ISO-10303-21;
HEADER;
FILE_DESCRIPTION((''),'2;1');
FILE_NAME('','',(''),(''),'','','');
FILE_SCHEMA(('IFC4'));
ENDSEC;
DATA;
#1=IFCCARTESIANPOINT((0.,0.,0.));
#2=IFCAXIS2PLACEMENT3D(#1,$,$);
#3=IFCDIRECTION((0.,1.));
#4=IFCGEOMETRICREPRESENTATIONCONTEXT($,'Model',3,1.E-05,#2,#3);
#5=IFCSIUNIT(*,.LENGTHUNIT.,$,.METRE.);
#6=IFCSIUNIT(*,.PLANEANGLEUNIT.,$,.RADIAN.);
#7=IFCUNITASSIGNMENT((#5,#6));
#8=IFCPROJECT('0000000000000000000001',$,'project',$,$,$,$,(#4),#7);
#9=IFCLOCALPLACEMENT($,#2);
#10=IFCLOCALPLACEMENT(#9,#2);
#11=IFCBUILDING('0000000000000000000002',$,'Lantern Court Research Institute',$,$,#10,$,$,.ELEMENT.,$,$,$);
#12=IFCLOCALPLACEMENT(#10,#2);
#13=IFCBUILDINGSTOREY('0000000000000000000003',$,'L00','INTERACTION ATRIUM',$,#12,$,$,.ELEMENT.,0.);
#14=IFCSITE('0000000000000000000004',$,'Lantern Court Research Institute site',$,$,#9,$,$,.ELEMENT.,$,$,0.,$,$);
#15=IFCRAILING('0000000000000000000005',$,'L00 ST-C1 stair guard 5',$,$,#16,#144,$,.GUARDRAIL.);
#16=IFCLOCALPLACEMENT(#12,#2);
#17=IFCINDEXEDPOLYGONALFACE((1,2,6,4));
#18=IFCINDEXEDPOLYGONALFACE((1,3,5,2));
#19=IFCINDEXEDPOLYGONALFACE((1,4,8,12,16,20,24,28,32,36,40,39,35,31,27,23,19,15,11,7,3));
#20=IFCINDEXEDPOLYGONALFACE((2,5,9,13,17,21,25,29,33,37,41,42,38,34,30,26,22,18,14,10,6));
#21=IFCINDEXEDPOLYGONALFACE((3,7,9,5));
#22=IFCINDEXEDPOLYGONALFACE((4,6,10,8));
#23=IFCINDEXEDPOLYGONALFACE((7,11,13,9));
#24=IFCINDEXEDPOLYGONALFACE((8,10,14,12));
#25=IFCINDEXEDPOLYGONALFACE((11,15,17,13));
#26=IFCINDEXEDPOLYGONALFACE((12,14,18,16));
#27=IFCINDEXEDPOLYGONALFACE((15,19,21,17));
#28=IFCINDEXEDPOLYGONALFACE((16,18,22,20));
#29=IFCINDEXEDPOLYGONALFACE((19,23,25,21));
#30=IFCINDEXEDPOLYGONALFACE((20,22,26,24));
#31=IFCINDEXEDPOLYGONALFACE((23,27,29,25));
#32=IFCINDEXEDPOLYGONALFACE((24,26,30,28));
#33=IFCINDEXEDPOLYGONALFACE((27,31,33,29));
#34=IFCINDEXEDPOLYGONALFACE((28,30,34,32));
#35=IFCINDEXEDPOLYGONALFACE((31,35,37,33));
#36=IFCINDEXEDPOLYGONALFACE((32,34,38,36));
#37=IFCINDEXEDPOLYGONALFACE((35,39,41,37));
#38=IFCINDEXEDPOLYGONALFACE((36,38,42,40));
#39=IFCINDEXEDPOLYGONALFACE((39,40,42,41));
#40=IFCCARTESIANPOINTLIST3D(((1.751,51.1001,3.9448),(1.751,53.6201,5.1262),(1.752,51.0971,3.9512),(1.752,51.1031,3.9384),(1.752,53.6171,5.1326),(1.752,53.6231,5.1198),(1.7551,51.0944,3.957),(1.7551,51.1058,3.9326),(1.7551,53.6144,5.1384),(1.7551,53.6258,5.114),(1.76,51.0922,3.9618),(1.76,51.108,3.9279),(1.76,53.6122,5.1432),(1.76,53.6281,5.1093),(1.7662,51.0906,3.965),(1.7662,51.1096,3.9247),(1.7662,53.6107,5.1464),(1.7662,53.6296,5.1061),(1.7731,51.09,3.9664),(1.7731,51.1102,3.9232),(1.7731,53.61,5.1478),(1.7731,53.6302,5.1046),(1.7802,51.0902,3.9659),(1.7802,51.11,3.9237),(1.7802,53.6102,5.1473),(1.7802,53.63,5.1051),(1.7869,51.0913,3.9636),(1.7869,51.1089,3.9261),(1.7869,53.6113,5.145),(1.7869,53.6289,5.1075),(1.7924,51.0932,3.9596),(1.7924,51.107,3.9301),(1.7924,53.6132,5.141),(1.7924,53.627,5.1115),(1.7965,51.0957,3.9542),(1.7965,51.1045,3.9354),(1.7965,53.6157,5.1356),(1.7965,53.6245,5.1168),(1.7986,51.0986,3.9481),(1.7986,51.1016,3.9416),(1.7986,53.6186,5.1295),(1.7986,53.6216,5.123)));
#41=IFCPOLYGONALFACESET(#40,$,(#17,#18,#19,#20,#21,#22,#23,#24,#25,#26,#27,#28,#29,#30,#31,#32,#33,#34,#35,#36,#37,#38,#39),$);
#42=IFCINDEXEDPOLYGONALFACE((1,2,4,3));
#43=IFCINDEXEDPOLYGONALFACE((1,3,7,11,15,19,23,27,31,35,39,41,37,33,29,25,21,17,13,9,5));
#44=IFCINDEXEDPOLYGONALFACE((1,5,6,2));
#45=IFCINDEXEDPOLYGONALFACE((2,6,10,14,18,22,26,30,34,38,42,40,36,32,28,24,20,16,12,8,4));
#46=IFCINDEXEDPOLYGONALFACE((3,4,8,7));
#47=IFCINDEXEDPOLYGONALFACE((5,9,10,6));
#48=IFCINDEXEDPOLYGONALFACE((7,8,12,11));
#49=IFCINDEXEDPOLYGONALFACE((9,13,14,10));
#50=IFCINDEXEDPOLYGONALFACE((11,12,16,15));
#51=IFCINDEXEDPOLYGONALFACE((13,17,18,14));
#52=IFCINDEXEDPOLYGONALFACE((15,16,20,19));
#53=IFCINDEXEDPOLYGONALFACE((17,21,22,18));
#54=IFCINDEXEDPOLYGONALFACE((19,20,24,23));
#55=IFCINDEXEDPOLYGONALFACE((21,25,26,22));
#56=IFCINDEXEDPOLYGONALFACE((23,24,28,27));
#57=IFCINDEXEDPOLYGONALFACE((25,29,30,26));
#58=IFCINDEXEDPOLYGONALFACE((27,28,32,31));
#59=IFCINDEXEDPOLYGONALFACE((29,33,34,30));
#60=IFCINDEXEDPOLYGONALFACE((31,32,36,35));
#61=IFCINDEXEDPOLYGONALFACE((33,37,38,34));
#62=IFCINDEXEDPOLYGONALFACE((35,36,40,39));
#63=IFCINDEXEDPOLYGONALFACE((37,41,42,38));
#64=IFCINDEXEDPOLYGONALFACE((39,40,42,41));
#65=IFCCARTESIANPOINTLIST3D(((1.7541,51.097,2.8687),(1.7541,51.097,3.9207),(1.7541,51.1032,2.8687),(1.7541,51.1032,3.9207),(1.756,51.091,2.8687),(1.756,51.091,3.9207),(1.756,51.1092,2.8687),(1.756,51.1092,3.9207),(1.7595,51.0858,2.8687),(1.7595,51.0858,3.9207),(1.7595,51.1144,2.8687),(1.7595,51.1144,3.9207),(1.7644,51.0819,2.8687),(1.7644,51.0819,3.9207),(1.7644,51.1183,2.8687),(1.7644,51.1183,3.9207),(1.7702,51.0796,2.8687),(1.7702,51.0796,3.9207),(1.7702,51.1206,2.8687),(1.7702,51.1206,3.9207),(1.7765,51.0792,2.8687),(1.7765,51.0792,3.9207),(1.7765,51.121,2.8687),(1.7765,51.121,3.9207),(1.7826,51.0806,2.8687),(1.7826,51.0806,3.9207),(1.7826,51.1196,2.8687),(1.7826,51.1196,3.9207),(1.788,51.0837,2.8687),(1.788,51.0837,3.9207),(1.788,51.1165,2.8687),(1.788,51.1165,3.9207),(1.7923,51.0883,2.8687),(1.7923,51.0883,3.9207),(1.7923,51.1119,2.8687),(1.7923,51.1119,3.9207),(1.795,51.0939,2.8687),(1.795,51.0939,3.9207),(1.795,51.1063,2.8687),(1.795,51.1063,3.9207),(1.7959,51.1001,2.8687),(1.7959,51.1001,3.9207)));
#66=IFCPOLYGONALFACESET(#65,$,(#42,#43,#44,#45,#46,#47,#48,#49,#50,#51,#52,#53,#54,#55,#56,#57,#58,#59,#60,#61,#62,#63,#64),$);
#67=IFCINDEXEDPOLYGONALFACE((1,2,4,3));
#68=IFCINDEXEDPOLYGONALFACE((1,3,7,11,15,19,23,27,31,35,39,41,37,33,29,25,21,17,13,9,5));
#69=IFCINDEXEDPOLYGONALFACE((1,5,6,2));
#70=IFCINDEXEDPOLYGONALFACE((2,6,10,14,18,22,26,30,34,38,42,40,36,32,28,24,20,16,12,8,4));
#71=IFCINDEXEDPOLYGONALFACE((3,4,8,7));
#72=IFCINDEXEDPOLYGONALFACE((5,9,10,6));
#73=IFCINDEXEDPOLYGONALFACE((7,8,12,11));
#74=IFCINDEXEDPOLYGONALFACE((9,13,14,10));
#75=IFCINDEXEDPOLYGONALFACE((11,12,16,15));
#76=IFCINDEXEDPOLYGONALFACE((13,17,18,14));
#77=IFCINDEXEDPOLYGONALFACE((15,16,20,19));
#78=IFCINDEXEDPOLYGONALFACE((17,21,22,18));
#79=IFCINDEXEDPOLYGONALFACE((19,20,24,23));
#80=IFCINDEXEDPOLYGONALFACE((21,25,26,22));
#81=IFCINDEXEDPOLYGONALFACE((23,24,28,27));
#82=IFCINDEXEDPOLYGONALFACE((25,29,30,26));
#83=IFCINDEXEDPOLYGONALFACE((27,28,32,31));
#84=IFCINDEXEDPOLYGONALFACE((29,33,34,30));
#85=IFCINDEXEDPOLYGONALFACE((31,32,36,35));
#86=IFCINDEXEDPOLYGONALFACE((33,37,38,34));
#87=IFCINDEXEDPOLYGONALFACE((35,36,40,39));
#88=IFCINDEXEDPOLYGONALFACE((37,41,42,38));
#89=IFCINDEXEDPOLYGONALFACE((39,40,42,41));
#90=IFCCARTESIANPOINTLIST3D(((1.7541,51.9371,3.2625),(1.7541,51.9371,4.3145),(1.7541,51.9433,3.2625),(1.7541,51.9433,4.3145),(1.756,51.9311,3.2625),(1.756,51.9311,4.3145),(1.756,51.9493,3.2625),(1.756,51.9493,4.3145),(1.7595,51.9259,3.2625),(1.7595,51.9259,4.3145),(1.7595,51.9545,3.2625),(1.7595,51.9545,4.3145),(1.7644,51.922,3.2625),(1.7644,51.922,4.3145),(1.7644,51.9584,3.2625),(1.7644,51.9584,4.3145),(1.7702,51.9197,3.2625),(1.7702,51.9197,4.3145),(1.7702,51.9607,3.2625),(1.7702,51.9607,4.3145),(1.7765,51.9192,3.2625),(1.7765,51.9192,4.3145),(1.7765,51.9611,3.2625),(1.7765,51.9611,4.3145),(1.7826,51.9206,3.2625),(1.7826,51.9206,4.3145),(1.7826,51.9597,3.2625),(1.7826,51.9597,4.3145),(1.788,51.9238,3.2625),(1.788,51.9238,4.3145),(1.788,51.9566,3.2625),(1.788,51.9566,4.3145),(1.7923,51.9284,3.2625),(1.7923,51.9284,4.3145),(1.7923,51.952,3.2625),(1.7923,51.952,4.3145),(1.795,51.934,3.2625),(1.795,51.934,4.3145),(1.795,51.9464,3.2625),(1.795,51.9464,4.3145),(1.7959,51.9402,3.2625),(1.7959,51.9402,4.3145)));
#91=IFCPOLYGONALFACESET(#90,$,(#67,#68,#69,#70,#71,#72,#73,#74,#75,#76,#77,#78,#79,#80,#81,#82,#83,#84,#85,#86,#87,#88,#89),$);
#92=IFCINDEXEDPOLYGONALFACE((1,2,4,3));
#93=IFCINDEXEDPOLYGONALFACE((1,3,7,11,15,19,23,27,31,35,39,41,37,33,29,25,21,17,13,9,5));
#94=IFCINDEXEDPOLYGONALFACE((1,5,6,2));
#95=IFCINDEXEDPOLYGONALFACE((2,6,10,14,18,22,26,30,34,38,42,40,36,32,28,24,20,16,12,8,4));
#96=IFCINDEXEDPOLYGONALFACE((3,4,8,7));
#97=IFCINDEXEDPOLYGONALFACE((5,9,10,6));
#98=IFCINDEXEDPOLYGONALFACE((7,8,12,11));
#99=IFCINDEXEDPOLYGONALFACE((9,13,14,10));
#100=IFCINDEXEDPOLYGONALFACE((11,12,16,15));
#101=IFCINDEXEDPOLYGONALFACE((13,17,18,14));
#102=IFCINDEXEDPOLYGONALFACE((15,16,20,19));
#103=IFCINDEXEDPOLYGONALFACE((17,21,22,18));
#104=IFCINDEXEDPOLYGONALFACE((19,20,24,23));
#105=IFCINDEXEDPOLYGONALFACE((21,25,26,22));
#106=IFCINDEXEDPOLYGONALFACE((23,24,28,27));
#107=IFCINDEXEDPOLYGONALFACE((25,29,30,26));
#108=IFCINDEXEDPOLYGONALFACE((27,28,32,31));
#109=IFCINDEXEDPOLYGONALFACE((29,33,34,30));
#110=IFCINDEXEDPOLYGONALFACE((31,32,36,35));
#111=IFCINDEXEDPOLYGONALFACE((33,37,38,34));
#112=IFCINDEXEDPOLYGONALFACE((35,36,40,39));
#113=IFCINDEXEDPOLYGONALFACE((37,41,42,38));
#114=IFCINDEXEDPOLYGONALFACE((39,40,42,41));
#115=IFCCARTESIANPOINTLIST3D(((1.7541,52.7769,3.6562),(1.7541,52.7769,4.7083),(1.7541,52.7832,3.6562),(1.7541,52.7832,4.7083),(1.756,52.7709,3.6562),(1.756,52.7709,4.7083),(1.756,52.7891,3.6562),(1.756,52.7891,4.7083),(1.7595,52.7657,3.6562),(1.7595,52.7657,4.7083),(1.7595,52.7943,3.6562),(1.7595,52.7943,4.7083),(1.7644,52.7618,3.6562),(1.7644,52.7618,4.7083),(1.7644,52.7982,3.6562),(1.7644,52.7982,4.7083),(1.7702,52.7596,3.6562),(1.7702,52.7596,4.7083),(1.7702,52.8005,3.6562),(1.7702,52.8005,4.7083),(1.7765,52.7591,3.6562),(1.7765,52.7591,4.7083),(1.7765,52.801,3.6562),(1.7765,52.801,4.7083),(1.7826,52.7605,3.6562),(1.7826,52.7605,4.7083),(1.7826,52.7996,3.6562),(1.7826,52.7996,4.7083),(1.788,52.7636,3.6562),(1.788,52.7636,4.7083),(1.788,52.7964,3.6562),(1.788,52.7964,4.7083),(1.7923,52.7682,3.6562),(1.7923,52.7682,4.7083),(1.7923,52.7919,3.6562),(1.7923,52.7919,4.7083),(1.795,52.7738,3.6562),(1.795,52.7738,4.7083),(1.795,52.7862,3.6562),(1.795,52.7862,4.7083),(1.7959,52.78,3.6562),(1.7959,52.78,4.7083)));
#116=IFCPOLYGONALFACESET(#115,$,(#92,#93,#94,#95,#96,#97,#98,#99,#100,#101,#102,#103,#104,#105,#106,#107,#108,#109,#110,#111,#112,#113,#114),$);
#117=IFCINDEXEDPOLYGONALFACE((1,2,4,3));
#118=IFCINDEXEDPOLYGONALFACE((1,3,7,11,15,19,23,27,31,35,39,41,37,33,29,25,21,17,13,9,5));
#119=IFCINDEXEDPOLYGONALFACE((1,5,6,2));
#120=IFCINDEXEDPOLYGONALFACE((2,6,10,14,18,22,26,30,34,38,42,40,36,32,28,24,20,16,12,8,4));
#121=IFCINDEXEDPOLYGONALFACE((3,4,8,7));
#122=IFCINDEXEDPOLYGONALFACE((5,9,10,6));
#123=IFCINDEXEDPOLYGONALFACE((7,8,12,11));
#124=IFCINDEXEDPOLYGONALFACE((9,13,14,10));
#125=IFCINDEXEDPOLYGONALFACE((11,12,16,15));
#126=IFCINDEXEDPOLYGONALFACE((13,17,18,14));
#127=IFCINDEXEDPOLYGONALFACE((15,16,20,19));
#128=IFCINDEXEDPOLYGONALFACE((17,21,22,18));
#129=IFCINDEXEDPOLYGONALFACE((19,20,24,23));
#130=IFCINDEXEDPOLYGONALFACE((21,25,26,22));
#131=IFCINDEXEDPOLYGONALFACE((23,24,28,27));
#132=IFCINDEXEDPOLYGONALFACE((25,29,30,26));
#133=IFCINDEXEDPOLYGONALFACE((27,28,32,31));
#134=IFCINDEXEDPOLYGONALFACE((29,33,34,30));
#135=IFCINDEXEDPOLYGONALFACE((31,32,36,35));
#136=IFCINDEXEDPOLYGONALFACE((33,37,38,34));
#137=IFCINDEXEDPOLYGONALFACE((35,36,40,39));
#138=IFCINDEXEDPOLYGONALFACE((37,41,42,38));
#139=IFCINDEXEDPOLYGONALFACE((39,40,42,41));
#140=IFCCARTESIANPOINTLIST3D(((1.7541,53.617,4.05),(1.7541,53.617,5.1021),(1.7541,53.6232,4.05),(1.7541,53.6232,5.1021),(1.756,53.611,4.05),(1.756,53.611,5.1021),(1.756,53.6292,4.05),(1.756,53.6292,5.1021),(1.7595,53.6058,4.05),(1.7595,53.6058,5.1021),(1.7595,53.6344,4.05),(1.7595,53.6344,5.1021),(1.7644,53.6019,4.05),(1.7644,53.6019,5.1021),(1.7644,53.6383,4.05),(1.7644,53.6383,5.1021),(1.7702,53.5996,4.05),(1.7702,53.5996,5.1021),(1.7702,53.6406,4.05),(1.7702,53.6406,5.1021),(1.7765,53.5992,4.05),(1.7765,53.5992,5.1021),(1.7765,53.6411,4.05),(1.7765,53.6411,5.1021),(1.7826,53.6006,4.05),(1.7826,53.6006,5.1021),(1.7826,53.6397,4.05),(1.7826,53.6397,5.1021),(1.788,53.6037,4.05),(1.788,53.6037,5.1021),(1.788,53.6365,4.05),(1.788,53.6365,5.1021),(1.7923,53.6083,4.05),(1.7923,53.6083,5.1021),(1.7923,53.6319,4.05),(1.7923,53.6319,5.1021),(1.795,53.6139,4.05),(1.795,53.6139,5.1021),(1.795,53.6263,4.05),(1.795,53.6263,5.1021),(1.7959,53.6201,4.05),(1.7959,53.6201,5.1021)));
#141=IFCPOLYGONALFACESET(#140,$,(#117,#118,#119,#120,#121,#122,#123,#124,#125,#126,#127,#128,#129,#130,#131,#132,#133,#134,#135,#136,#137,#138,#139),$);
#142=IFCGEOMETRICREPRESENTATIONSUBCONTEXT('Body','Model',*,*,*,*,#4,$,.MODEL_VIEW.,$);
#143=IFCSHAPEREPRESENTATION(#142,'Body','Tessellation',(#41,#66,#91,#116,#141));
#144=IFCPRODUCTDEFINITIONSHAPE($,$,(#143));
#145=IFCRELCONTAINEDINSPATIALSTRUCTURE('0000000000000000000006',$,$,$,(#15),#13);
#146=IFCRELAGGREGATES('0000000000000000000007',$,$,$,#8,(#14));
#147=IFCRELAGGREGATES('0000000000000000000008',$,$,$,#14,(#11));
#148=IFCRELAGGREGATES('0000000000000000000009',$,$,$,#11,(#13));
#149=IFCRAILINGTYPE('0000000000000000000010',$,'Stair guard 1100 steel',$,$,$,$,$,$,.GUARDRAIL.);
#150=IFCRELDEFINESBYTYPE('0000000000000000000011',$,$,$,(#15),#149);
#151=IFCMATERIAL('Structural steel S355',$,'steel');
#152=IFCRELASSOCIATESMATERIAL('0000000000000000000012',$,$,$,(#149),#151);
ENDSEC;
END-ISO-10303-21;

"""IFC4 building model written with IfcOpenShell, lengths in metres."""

from ifc_helpers import new_model, si_unit, direction, frame, origin, origin_2d, place, context, subcontext, project, spatial, circle, extrude, material, type_object, element, save


model = new_model("IFC4")

# Units and contexts
model_context = context("Model", 3, precision=1e-05, world=origin(), true_north=direction((0.0, 1.0)))
body_context = subcontext(model_context, "Body", "Model", "MODEL_VIEW")
ifc_project = project(units=[si_unit("LENGTHUNIT", "METRE"), si_unit("PLANEANGLEUNIT", "RADIAN")], contexts=[model_context])

# Site, building, storey
site_placement = place(None, origin())
site = spatial("IfcSite", under=ifc_project, at=site_placement, Name="Lantern Court Research Institute site", CompositionType="ELEMENT", RefElevation=0.0)
building_placement = place(site_placement, origin())
building = spatial("IfcBuilding", under=site, at=building_placement, Name="Lantern Court Research Institute", CompositionType="ELEMENT")
storey_placement = place(building_placement, origin())
storey = spatial("IfcBuildingStorey", under=building, at=storey_placement, Name="L00", Description="INTERACTION ATRIUM", CompositionType="ELEMENT", Elevation=0.0)

# Railing
ifc_material_1 = material(Name="Structural steel S355", Category="steel")
railing_type_1 = type_object("IfcRailingType", Name="Stair guard 1100 steel", PredefinedType="GUARDRAIL", material=ifc_material_1)
railing_1_placement = place(storey_placement, frame((1.7749, 51.1001, 2.8687)))
element("IfcRailing", 1, at=railing_1_placement, inside=storey, type_object=railing_type_1, Name="L00 ST-C1 stair guard 5", PredefinedType="GUARDRAIL", context=body_context, shape_type="SweptSolid", body=[
    extrude(circle(Radius=0.0239, at=origin_2d()), frame((0.0, 0.0, 1.0762), z_axis=(0.0, 0.90544, 0.424474), x_axis=(-1.0, 0.0, 0.0)), (0.0, 0.0, 1.0), 2.7832),
    extrude(circle(Radius=0.021, at=origin_2d()), origin(), (0.0, 0.0, 1.0), 1.052),
    extrude(circle(Radius=0.021, at=origin_2d()), frame((0.0, 0.8401, 0.3938)), (0.0, 0.0, 1.0), 1.052),
    extrude(circle(Radius=0.021, at=origin_2d()), frame((0.0, 1.6799, 0.7876)), (0.0, 0.0, 1.0), 1.052),
    extrude(circle(Radius=0.021, at=origin_2d()), frame((0.0, 2.52, 1.1814)), (0.0, 0.0, 1.0), 1.052),
])

save(model, "model.ifc")
